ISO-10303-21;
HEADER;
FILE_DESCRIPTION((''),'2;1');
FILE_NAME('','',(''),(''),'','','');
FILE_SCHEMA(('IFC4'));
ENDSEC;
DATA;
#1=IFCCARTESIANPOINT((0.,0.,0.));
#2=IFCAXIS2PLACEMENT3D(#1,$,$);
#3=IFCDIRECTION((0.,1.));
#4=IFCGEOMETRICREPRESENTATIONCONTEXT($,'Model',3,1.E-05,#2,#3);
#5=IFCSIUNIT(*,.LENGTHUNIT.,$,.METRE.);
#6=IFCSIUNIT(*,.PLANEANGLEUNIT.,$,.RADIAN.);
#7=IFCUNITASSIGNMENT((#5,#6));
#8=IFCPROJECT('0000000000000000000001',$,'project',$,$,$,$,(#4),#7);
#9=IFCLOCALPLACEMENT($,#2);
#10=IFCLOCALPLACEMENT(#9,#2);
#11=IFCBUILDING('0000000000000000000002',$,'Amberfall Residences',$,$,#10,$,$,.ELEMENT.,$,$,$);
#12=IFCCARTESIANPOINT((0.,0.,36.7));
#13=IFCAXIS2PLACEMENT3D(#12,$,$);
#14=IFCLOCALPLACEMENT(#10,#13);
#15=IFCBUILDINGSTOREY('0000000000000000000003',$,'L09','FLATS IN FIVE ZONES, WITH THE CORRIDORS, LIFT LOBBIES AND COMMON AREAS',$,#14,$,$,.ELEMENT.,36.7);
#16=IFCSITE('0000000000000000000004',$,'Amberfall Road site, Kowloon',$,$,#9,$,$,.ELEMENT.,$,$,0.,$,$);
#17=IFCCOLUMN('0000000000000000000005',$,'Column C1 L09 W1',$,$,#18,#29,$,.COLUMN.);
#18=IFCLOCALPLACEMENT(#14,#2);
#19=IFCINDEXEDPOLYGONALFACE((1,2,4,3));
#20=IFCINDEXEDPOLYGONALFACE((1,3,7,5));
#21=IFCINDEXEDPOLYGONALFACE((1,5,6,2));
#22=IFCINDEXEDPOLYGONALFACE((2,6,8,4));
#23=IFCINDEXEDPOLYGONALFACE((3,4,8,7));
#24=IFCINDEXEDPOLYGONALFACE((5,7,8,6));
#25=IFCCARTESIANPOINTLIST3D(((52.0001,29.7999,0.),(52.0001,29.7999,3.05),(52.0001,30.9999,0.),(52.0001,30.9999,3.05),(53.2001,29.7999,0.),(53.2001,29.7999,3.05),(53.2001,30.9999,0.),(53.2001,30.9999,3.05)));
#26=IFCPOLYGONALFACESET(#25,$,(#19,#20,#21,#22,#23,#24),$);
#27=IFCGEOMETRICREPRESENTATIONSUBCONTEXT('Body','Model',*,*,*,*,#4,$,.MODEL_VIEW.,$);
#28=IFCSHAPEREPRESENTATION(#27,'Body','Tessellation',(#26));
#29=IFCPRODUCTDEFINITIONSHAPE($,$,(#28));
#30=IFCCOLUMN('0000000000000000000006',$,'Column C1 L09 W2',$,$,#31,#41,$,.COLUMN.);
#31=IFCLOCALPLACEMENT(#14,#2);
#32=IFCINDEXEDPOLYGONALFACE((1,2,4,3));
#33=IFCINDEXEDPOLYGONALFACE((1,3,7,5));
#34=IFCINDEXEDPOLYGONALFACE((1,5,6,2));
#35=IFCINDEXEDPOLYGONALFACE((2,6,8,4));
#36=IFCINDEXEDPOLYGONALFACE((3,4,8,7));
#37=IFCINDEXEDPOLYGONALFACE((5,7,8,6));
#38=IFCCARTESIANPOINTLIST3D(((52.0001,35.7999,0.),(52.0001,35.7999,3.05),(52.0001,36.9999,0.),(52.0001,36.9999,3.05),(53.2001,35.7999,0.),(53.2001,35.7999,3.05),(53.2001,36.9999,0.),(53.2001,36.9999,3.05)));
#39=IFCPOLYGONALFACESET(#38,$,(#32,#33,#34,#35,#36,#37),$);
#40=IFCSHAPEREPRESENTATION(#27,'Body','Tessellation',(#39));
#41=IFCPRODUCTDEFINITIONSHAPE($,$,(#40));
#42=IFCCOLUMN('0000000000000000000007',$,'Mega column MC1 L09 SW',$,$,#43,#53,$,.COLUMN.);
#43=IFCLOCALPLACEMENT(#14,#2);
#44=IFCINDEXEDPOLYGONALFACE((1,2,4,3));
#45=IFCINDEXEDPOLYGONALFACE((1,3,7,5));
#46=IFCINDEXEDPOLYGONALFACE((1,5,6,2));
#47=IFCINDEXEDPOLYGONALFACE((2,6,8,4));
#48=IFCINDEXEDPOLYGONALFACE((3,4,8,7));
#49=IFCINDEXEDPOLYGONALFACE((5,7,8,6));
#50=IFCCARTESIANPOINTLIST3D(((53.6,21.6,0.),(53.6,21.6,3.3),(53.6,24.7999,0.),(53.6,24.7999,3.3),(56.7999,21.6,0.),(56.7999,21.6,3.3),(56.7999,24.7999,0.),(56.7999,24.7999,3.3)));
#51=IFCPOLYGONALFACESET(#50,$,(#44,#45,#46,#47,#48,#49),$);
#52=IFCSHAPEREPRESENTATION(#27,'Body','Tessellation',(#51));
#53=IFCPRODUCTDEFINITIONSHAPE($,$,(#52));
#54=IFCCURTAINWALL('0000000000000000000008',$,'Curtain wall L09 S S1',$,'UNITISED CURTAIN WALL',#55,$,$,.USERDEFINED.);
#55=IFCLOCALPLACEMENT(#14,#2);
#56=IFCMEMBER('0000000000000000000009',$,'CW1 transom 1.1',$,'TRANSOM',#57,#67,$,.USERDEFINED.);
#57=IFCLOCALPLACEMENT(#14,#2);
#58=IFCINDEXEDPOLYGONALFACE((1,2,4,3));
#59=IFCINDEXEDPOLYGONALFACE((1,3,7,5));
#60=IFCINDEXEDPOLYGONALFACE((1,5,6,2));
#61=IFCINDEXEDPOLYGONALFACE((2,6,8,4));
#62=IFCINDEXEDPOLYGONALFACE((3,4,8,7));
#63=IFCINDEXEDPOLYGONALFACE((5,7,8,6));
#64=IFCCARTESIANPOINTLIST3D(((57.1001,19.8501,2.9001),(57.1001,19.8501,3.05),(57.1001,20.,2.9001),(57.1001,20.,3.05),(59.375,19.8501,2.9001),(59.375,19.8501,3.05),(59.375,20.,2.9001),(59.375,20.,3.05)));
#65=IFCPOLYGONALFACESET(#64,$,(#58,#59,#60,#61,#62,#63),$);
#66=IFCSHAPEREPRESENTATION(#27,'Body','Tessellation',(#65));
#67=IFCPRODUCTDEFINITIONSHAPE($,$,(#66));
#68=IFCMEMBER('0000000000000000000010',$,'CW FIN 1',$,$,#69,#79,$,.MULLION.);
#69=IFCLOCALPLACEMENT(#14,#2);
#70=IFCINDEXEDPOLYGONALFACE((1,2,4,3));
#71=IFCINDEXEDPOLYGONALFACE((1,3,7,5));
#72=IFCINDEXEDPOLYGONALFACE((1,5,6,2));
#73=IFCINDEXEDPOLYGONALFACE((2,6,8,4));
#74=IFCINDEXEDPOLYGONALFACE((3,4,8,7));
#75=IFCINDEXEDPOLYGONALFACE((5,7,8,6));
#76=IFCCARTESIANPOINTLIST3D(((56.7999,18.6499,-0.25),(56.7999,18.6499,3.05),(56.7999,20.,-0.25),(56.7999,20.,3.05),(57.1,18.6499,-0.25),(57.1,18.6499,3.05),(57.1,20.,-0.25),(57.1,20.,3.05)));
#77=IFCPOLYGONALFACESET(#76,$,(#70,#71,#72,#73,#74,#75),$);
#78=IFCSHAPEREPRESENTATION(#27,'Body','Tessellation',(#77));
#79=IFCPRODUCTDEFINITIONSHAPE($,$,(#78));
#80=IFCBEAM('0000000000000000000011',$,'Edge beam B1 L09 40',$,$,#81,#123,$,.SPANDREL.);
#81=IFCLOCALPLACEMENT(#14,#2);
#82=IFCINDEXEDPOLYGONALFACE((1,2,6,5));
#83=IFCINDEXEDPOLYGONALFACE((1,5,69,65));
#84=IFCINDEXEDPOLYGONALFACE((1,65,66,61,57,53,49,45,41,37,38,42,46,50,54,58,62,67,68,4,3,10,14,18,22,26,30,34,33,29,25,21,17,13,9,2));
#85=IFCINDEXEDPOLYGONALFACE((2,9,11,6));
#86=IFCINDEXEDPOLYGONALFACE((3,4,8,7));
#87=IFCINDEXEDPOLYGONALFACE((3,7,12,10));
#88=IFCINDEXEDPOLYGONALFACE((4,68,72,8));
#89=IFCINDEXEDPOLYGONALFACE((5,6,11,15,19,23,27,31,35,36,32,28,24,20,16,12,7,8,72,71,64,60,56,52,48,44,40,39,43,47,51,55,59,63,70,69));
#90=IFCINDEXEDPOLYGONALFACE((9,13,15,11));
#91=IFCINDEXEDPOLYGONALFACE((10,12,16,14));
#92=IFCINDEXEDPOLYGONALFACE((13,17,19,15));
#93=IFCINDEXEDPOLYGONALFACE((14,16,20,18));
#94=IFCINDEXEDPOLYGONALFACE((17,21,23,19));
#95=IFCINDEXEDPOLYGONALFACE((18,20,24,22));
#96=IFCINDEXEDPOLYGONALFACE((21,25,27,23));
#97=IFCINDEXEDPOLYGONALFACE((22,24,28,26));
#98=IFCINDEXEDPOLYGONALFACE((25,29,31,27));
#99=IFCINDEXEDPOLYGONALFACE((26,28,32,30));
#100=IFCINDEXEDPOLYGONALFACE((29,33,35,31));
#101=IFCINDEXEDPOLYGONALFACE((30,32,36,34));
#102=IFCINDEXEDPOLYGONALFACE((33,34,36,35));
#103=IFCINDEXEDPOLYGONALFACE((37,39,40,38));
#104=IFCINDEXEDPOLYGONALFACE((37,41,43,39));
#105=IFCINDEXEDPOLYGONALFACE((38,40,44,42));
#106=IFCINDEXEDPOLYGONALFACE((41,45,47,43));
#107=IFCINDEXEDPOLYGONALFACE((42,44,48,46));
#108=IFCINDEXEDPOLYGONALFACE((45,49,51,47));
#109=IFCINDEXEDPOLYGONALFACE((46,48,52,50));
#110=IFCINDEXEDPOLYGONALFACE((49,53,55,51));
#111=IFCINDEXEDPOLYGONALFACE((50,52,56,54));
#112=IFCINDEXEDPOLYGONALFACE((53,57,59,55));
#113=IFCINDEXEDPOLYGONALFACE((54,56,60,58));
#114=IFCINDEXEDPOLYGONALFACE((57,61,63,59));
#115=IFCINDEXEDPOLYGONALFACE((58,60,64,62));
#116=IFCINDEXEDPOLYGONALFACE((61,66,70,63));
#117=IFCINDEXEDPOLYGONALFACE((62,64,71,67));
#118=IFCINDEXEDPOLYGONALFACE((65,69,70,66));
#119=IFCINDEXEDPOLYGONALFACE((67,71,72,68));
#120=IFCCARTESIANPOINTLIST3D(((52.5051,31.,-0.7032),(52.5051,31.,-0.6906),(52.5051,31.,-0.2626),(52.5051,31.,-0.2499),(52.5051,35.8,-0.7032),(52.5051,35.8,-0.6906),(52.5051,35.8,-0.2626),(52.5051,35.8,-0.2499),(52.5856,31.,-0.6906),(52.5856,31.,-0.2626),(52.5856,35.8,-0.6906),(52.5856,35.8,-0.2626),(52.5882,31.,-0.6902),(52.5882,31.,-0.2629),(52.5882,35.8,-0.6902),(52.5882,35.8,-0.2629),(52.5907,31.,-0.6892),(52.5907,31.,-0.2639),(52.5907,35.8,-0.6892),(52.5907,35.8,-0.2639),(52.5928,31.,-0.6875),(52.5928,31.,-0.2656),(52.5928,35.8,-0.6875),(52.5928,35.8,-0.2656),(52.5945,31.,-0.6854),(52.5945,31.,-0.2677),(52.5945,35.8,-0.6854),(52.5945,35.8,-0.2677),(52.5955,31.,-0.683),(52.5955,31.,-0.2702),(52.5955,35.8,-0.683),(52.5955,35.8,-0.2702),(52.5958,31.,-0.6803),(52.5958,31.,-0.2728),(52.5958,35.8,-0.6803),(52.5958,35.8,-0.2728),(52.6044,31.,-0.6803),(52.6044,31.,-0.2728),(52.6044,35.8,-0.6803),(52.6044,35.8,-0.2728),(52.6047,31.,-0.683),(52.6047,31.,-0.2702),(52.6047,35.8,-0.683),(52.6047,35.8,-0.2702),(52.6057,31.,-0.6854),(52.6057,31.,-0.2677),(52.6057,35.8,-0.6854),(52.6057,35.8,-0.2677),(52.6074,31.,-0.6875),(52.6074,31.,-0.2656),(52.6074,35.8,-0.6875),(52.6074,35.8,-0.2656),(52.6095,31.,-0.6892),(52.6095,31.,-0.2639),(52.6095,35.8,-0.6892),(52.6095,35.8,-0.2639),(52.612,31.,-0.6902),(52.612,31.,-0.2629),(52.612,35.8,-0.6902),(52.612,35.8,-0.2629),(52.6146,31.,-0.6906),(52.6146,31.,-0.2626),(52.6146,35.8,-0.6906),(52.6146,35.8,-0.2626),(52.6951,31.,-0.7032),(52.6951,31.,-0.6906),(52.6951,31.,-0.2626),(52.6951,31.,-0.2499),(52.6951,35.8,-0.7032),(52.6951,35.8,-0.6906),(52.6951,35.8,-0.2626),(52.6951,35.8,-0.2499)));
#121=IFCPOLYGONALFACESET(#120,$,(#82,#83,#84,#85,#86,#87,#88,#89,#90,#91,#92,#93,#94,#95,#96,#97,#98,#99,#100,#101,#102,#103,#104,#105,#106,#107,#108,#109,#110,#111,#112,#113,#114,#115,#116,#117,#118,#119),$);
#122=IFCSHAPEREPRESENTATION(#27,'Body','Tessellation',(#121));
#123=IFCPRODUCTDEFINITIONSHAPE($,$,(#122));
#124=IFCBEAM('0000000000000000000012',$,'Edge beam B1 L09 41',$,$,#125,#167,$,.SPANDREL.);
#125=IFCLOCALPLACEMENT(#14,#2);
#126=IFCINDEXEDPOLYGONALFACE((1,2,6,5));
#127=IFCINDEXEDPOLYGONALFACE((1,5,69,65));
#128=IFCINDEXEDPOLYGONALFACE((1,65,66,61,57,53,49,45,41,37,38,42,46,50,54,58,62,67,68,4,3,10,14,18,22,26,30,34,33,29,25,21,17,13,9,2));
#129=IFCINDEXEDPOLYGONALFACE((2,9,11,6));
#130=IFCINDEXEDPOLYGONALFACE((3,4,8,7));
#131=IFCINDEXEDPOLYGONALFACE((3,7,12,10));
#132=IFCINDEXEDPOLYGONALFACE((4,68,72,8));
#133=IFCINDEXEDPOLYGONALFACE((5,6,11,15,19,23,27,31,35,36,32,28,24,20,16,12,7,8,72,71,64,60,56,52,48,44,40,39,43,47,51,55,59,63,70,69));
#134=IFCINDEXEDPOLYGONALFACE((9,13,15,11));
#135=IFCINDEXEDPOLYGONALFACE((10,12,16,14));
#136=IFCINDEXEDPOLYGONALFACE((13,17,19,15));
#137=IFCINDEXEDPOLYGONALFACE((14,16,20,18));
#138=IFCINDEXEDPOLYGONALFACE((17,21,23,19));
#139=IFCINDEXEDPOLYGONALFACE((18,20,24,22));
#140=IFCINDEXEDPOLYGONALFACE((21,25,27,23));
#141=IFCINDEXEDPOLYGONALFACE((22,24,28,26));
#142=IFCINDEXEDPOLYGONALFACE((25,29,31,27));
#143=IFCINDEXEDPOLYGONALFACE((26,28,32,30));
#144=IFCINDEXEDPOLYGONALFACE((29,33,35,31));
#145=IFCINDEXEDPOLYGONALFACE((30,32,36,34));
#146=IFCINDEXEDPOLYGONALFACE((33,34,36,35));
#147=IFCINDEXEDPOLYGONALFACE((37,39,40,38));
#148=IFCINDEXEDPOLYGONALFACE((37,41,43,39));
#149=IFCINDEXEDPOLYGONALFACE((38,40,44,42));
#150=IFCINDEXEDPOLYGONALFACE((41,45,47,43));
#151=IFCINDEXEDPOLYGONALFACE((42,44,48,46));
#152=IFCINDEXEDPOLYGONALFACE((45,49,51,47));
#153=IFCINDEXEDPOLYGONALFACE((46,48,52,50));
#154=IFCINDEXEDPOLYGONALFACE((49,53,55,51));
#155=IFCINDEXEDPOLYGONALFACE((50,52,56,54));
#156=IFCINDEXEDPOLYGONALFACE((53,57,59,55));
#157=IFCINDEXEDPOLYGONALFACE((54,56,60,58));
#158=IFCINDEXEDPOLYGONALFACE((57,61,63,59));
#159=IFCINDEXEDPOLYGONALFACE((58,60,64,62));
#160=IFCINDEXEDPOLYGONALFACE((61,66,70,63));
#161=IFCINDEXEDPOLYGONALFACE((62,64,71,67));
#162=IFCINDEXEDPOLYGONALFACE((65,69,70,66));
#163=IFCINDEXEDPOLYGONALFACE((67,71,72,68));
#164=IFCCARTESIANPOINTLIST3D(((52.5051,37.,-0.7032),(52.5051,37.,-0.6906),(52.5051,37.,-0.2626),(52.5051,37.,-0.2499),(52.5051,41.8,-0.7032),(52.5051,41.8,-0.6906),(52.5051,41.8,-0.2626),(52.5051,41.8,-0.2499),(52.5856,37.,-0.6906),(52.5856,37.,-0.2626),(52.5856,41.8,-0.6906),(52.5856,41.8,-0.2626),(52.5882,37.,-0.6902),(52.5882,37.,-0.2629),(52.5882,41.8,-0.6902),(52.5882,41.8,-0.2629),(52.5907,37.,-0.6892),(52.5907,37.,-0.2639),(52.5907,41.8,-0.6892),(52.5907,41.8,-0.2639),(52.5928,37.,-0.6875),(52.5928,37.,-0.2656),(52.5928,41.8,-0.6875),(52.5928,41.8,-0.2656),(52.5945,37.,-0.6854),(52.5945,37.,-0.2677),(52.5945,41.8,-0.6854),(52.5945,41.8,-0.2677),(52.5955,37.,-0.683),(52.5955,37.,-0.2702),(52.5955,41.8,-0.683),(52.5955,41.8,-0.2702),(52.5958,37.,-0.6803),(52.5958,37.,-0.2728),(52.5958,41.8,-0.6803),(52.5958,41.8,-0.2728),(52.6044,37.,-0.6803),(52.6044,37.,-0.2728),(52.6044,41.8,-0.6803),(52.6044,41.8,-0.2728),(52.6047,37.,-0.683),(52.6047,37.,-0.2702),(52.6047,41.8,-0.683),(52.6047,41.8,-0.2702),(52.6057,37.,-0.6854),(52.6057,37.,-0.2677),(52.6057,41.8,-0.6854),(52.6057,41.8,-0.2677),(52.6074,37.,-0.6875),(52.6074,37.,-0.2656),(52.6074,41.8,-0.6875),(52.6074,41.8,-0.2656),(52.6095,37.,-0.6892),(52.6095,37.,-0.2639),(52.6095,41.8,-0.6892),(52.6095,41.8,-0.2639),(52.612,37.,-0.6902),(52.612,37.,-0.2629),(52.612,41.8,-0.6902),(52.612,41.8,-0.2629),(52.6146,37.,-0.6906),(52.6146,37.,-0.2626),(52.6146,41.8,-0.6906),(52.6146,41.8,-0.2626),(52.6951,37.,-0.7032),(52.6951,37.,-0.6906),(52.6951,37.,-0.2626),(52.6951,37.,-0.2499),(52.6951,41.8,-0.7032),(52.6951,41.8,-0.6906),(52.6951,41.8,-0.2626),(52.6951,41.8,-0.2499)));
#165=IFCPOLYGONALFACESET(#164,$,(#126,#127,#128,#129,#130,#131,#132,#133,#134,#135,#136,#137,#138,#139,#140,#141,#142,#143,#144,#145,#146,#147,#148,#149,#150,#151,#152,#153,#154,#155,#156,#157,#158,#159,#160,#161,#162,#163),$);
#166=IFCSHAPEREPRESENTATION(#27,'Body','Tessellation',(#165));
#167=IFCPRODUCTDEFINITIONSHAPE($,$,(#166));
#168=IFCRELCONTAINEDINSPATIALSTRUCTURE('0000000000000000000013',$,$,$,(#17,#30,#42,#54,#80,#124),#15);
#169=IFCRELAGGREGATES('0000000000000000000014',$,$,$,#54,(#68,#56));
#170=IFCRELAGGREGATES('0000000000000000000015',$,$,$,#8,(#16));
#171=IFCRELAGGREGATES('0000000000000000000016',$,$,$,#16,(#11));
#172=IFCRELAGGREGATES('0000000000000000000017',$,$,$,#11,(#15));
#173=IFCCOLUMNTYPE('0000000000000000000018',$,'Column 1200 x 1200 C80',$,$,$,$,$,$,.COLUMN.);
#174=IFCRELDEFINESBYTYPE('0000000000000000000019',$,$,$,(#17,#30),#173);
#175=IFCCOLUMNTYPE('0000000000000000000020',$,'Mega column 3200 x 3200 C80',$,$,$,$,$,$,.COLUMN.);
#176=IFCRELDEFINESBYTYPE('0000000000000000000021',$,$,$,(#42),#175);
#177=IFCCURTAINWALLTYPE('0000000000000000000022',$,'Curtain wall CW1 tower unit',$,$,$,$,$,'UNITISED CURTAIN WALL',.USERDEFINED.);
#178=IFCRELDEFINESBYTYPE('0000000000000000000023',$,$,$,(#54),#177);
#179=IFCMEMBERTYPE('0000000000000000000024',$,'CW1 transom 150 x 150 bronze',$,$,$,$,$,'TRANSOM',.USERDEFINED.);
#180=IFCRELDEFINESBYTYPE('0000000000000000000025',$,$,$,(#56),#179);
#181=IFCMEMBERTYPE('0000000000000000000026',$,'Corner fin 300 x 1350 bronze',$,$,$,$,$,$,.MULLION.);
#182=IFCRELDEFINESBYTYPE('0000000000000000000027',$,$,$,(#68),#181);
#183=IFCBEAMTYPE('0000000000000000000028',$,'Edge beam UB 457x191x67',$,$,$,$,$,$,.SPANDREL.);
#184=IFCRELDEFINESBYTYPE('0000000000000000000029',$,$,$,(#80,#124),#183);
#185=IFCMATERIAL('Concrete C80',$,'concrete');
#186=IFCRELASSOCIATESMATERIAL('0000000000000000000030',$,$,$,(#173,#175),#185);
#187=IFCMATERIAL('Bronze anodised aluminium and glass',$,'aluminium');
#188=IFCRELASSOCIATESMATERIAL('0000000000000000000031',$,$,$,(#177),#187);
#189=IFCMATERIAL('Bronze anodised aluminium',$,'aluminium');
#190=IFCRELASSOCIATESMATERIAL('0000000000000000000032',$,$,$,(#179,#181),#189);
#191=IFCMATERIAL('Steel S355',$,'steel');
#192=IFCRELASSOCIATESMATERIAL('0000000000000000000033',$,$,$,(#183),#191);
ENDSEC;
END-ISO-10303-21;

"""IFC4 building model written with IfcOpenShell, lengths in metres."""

from ifc_helpers import new_model, si_unit, direction, frame, origin, origin_2d, place, context, subcontext, project, spatial, rectangle, i_section, extrude, material, material_profile, profile_set, type_object, element, aggregate, save


model = new_model("IFC4")

# Units and contexts
model_context = context("Model", 3, precision=1e-05, world=origin(), true_north=direction((0.0, 1.0)))
body_context = subcontext(model_context, "Body", "Model", "MODEL_VIEW")
ifc_project = project(units=[si_unit("LENGTHUNIT", "METRE"), si_unit("PLANEANGLEUNIT", "RADIAN")], contexts=[model_context])

# Site, building, storey
site_placement = place(None, origin())
site = spatial("IfcSite", under=ifc_project, at=site_placement, Name="Amberfall Road site, Kowloon", CompositionType="ELEMENT", RefElevation=0.0)
building_placement = place(site_placement, origin())
building = spatial("IfcBuilding", under=site, at=building_placement, Name="Amberfall Residences", CompositionType="ELEMENT")
storey_placement = place(building_placement, frame((0.0, 0.0, 36.7)))
storey = spatial("IfcBuildingStorey", under=building, at=storey_placement, Name="L09", Description="FLATS IN FIVE ZONES, WITH THE CORRIDORS, LIFT LOBBIES AND COMMON AREAS", CompositionType="ELEMENT", Elevation=36.7)

# Columns
ifc_material_1 = material(Name="Concrete C80", Category="concrete")
ifc_material_profile_1 = material_profile(ifc_material_1, rectangle(XDim=1.2, YDim=1.2, at=origin_2d()), Name="Column 1200 x 1200 C80")
ifc_profile_set_1 = profile_set([ifc_material_profile_1], Name="Concrete C80")
column_type_1 = type_object("IfcColumnType", Name="Column 1200 x 1200 C80", PredefinedType="COLUMN", material=ifc_profile_set_1)
for number, where, z_axis, x_axis, name in (
    (1, (52.6001, 30.3999, 0.0), (0.0, 0.0, 1.0), (1.0, 0.0, 0.0), "Column C1 L09 W1"),
    (2, (52.6001, 36.3999, 0.0), (0.0, 0.0, 1.0), (1.0, 0.0, 0.0), "Column C1 L09 W2"),
):
    element("IfcColumn", number, at=place(storey_placement, frame(where, z_axis=z_axis, x_axis=x_axis)), inside=storey, type_object=column_type_1, Name=name, PredefinedType="COLUMN", context=body_context, shape_type="SweptSolid", body=[
        extrude(rectangle(XDim=1.2, YDim=1.2, at=origin_2d()), origin(), (0.0, 0.0, 1.0), 3.05),
    ])
ifc_material_profile_2 = material_profile(ifc_material_1, rectangle(XDim=3.2, YDim=3.2, at=origin_2d()), Name="Mega column 3200 x 3200 C80")
ifc_profile_set_2 = profile_set([ifc_material_profile_2], Name="Concrete C80")
column_type_2 = type_object("IfcColumnType", Name="Mega column 3200 x 3200 C80", PredefinedType="COLUMN", material=ifc_profile_set_2)
column_placement = place(storey_placement, frame((55.2, 23.2, 0.0), z_axis=(0.0, 0.0, 1.0), x_axis=(1.0, 0.0, 0.0)))
element("IfcColumn", 3, at=column_placement, inside=storey, type_object=column_type_2, Name="Mega column MC1 L09 SW", PredefinedType="COLUMN", context=body_context, shape_type="SweptSolid", body=[
    extrude(rectangle(XDim=3.2, YDim=3.2, at=origin_2d()), origin(), (0.0, 0.0, 1.0), 3.3),
])

# Curtain wall, members
ifc_material_2 = material(Name="Bronze anodised aluminium and glass", Category="aluminium")
curtain_wall_type = type_object("IfcCurtainWallType", Name="Curtain wall CW1 tower unit", ElementType="UNITISED CURTAIN WALL", PredefinedType="USERDEFINED", material=ifc_material_2)
curtain_wall_placement = place(storey_placement, origin())
curtain_wall = element("IfcCurtainWall", 4, at=curtain_wall_placement, inside=storey, type_object=curtain_wall_type, Name="Curtain wall L09 S S1", ObjectType="UNITISED CURTAIN WALL", PredefinedType="USERDEFINED")
ifc_material_3 = material(Name="Bronze anodised aluminium", Category="aluminium")
ifc_material_profile_3 = material_profile(ifc_material_3, rectangle(XDim=0.1499, YDim=0.1499, at=origin_2d()), Name="CW1 transom 150 x 150 bronze")
ifc_profile_set_3 = profile_set([ifc_material_profile_3], Name="Bronze anodised aluminium")
member_type_1 = type_object("IfcMemberType", Name="CW1 transom 150 x 150 bronze", ElementType="TRANSOM", PredefinedType="USERDEFINED", material=ifc_profile_set_3)
member_1_placement = place(storey_placement, frame((57.1001, 19.925, 2.9751), z_axis=(1.0, 0.0, 0.0), x_axis=(0.0, 1.0, 0.0)))
member_1 = element("IfcMember", 5, at=member_1_placement, type_object=member_type_1, Name="CW1 transom 1.1", ObjectType="TRANSOM", PredefinedType="USERDEFINED", context=body_context, shape_type="SweptSolid", body=[
    extrude(rectangle(XDim=0.1499, YDim=0.1499, at=origin_2d()), origin(), (0.0, 0.0, 1.0), 2.2749),
])
ifc_material_profile_4 = material_profile(ifc_material_3, rectangle(XDim=1.3501, YDim=0.3, at=origin_2d()), Name="Corner fin 300 x 1350 bronze")
ifc_profile_set_4 = profile_set([ifc_material_profile_4], Name="Bronze anodised aluminium")
member_type_2 = type_object("IfcMemberType", Name="Corner fin 300 x 1350 bronze", PredefinedType="MULLION", material=ifc_profile_set_4)
member_2_placement = place(storey_placement, frame((56.95, 19.325, -0.25), z_axis=(0.0, 0.0, 1.0), x_axis=(0.0, 1.0, 0.0)))
member_2 = element("IfcMember", 6, at=member_2_placement, type_object=member_type_2, Name="CW FIN 1", PredefinedType="MULLION", context=body_context, shape_type="SweptSolid", body=[
    extrude(rectangle(XDim=1.3501, YDim=0.3, at=origin_2d()), origin(), (0.0, 0.0, 1.0), 3.3),
])

# Beams
ifc_material_4 = material(Name="Steel S355", Category="steel")
ifc_material_profile_5 = material_profile(ifc_material_4, i_section(OverallWidth=0.1899, OverallDepth=0.4534, WebThickness=0.0085, FlangeThickness=0.0127, FilletRadius=0.0103, at=origin_2d()), Name="UB 457x191x67")
ifc_profile_set_5 = profile_set([ifc_material_profile_5], Name="Steel S355")
beam_type_1 = type_object("IfcBeamType", Name="Edge beam UB 457x191x67", PredefinedType="SPANDREL", material=ifc_profile_set_5)
for number, where, z_axis, x_axis, name in (
    (7, (52.6001, 31.0, -0.4766), (0.0, 1.0, 0.0), (-1.0, 0.0, 0.0), "Edge beam B1 L09 40"),
    (8, (52.6001, 37.0, -0.4766), (0.0, 1.0, 0.0), (-1.0, 0.0, 0.0), "Edge beam B1 L09 41"),
):
    element("IfcBeam", number, at=place(storey_placement, frame(where, z_axis=z_axis, x_axis=x_axis)), inside=storey, type_object=beam_type_1, Name=name, PredefinedType="SPANDREL", context=body_context, shape_type="SweptSolid", body=[
        extrude(i_section(OverallWidth=0.1899, OverallDepth=0.4534, WebThickness=0.0085, FlangeThickness=0.0127, FilletRadius=0.0103, at=origin_2d()), origin(), (0.0, 0.0, 1.0), 4.8),
    ])

aggregate(curtain_wall, [member_2, member_1])

save(model, "model.ifc")
